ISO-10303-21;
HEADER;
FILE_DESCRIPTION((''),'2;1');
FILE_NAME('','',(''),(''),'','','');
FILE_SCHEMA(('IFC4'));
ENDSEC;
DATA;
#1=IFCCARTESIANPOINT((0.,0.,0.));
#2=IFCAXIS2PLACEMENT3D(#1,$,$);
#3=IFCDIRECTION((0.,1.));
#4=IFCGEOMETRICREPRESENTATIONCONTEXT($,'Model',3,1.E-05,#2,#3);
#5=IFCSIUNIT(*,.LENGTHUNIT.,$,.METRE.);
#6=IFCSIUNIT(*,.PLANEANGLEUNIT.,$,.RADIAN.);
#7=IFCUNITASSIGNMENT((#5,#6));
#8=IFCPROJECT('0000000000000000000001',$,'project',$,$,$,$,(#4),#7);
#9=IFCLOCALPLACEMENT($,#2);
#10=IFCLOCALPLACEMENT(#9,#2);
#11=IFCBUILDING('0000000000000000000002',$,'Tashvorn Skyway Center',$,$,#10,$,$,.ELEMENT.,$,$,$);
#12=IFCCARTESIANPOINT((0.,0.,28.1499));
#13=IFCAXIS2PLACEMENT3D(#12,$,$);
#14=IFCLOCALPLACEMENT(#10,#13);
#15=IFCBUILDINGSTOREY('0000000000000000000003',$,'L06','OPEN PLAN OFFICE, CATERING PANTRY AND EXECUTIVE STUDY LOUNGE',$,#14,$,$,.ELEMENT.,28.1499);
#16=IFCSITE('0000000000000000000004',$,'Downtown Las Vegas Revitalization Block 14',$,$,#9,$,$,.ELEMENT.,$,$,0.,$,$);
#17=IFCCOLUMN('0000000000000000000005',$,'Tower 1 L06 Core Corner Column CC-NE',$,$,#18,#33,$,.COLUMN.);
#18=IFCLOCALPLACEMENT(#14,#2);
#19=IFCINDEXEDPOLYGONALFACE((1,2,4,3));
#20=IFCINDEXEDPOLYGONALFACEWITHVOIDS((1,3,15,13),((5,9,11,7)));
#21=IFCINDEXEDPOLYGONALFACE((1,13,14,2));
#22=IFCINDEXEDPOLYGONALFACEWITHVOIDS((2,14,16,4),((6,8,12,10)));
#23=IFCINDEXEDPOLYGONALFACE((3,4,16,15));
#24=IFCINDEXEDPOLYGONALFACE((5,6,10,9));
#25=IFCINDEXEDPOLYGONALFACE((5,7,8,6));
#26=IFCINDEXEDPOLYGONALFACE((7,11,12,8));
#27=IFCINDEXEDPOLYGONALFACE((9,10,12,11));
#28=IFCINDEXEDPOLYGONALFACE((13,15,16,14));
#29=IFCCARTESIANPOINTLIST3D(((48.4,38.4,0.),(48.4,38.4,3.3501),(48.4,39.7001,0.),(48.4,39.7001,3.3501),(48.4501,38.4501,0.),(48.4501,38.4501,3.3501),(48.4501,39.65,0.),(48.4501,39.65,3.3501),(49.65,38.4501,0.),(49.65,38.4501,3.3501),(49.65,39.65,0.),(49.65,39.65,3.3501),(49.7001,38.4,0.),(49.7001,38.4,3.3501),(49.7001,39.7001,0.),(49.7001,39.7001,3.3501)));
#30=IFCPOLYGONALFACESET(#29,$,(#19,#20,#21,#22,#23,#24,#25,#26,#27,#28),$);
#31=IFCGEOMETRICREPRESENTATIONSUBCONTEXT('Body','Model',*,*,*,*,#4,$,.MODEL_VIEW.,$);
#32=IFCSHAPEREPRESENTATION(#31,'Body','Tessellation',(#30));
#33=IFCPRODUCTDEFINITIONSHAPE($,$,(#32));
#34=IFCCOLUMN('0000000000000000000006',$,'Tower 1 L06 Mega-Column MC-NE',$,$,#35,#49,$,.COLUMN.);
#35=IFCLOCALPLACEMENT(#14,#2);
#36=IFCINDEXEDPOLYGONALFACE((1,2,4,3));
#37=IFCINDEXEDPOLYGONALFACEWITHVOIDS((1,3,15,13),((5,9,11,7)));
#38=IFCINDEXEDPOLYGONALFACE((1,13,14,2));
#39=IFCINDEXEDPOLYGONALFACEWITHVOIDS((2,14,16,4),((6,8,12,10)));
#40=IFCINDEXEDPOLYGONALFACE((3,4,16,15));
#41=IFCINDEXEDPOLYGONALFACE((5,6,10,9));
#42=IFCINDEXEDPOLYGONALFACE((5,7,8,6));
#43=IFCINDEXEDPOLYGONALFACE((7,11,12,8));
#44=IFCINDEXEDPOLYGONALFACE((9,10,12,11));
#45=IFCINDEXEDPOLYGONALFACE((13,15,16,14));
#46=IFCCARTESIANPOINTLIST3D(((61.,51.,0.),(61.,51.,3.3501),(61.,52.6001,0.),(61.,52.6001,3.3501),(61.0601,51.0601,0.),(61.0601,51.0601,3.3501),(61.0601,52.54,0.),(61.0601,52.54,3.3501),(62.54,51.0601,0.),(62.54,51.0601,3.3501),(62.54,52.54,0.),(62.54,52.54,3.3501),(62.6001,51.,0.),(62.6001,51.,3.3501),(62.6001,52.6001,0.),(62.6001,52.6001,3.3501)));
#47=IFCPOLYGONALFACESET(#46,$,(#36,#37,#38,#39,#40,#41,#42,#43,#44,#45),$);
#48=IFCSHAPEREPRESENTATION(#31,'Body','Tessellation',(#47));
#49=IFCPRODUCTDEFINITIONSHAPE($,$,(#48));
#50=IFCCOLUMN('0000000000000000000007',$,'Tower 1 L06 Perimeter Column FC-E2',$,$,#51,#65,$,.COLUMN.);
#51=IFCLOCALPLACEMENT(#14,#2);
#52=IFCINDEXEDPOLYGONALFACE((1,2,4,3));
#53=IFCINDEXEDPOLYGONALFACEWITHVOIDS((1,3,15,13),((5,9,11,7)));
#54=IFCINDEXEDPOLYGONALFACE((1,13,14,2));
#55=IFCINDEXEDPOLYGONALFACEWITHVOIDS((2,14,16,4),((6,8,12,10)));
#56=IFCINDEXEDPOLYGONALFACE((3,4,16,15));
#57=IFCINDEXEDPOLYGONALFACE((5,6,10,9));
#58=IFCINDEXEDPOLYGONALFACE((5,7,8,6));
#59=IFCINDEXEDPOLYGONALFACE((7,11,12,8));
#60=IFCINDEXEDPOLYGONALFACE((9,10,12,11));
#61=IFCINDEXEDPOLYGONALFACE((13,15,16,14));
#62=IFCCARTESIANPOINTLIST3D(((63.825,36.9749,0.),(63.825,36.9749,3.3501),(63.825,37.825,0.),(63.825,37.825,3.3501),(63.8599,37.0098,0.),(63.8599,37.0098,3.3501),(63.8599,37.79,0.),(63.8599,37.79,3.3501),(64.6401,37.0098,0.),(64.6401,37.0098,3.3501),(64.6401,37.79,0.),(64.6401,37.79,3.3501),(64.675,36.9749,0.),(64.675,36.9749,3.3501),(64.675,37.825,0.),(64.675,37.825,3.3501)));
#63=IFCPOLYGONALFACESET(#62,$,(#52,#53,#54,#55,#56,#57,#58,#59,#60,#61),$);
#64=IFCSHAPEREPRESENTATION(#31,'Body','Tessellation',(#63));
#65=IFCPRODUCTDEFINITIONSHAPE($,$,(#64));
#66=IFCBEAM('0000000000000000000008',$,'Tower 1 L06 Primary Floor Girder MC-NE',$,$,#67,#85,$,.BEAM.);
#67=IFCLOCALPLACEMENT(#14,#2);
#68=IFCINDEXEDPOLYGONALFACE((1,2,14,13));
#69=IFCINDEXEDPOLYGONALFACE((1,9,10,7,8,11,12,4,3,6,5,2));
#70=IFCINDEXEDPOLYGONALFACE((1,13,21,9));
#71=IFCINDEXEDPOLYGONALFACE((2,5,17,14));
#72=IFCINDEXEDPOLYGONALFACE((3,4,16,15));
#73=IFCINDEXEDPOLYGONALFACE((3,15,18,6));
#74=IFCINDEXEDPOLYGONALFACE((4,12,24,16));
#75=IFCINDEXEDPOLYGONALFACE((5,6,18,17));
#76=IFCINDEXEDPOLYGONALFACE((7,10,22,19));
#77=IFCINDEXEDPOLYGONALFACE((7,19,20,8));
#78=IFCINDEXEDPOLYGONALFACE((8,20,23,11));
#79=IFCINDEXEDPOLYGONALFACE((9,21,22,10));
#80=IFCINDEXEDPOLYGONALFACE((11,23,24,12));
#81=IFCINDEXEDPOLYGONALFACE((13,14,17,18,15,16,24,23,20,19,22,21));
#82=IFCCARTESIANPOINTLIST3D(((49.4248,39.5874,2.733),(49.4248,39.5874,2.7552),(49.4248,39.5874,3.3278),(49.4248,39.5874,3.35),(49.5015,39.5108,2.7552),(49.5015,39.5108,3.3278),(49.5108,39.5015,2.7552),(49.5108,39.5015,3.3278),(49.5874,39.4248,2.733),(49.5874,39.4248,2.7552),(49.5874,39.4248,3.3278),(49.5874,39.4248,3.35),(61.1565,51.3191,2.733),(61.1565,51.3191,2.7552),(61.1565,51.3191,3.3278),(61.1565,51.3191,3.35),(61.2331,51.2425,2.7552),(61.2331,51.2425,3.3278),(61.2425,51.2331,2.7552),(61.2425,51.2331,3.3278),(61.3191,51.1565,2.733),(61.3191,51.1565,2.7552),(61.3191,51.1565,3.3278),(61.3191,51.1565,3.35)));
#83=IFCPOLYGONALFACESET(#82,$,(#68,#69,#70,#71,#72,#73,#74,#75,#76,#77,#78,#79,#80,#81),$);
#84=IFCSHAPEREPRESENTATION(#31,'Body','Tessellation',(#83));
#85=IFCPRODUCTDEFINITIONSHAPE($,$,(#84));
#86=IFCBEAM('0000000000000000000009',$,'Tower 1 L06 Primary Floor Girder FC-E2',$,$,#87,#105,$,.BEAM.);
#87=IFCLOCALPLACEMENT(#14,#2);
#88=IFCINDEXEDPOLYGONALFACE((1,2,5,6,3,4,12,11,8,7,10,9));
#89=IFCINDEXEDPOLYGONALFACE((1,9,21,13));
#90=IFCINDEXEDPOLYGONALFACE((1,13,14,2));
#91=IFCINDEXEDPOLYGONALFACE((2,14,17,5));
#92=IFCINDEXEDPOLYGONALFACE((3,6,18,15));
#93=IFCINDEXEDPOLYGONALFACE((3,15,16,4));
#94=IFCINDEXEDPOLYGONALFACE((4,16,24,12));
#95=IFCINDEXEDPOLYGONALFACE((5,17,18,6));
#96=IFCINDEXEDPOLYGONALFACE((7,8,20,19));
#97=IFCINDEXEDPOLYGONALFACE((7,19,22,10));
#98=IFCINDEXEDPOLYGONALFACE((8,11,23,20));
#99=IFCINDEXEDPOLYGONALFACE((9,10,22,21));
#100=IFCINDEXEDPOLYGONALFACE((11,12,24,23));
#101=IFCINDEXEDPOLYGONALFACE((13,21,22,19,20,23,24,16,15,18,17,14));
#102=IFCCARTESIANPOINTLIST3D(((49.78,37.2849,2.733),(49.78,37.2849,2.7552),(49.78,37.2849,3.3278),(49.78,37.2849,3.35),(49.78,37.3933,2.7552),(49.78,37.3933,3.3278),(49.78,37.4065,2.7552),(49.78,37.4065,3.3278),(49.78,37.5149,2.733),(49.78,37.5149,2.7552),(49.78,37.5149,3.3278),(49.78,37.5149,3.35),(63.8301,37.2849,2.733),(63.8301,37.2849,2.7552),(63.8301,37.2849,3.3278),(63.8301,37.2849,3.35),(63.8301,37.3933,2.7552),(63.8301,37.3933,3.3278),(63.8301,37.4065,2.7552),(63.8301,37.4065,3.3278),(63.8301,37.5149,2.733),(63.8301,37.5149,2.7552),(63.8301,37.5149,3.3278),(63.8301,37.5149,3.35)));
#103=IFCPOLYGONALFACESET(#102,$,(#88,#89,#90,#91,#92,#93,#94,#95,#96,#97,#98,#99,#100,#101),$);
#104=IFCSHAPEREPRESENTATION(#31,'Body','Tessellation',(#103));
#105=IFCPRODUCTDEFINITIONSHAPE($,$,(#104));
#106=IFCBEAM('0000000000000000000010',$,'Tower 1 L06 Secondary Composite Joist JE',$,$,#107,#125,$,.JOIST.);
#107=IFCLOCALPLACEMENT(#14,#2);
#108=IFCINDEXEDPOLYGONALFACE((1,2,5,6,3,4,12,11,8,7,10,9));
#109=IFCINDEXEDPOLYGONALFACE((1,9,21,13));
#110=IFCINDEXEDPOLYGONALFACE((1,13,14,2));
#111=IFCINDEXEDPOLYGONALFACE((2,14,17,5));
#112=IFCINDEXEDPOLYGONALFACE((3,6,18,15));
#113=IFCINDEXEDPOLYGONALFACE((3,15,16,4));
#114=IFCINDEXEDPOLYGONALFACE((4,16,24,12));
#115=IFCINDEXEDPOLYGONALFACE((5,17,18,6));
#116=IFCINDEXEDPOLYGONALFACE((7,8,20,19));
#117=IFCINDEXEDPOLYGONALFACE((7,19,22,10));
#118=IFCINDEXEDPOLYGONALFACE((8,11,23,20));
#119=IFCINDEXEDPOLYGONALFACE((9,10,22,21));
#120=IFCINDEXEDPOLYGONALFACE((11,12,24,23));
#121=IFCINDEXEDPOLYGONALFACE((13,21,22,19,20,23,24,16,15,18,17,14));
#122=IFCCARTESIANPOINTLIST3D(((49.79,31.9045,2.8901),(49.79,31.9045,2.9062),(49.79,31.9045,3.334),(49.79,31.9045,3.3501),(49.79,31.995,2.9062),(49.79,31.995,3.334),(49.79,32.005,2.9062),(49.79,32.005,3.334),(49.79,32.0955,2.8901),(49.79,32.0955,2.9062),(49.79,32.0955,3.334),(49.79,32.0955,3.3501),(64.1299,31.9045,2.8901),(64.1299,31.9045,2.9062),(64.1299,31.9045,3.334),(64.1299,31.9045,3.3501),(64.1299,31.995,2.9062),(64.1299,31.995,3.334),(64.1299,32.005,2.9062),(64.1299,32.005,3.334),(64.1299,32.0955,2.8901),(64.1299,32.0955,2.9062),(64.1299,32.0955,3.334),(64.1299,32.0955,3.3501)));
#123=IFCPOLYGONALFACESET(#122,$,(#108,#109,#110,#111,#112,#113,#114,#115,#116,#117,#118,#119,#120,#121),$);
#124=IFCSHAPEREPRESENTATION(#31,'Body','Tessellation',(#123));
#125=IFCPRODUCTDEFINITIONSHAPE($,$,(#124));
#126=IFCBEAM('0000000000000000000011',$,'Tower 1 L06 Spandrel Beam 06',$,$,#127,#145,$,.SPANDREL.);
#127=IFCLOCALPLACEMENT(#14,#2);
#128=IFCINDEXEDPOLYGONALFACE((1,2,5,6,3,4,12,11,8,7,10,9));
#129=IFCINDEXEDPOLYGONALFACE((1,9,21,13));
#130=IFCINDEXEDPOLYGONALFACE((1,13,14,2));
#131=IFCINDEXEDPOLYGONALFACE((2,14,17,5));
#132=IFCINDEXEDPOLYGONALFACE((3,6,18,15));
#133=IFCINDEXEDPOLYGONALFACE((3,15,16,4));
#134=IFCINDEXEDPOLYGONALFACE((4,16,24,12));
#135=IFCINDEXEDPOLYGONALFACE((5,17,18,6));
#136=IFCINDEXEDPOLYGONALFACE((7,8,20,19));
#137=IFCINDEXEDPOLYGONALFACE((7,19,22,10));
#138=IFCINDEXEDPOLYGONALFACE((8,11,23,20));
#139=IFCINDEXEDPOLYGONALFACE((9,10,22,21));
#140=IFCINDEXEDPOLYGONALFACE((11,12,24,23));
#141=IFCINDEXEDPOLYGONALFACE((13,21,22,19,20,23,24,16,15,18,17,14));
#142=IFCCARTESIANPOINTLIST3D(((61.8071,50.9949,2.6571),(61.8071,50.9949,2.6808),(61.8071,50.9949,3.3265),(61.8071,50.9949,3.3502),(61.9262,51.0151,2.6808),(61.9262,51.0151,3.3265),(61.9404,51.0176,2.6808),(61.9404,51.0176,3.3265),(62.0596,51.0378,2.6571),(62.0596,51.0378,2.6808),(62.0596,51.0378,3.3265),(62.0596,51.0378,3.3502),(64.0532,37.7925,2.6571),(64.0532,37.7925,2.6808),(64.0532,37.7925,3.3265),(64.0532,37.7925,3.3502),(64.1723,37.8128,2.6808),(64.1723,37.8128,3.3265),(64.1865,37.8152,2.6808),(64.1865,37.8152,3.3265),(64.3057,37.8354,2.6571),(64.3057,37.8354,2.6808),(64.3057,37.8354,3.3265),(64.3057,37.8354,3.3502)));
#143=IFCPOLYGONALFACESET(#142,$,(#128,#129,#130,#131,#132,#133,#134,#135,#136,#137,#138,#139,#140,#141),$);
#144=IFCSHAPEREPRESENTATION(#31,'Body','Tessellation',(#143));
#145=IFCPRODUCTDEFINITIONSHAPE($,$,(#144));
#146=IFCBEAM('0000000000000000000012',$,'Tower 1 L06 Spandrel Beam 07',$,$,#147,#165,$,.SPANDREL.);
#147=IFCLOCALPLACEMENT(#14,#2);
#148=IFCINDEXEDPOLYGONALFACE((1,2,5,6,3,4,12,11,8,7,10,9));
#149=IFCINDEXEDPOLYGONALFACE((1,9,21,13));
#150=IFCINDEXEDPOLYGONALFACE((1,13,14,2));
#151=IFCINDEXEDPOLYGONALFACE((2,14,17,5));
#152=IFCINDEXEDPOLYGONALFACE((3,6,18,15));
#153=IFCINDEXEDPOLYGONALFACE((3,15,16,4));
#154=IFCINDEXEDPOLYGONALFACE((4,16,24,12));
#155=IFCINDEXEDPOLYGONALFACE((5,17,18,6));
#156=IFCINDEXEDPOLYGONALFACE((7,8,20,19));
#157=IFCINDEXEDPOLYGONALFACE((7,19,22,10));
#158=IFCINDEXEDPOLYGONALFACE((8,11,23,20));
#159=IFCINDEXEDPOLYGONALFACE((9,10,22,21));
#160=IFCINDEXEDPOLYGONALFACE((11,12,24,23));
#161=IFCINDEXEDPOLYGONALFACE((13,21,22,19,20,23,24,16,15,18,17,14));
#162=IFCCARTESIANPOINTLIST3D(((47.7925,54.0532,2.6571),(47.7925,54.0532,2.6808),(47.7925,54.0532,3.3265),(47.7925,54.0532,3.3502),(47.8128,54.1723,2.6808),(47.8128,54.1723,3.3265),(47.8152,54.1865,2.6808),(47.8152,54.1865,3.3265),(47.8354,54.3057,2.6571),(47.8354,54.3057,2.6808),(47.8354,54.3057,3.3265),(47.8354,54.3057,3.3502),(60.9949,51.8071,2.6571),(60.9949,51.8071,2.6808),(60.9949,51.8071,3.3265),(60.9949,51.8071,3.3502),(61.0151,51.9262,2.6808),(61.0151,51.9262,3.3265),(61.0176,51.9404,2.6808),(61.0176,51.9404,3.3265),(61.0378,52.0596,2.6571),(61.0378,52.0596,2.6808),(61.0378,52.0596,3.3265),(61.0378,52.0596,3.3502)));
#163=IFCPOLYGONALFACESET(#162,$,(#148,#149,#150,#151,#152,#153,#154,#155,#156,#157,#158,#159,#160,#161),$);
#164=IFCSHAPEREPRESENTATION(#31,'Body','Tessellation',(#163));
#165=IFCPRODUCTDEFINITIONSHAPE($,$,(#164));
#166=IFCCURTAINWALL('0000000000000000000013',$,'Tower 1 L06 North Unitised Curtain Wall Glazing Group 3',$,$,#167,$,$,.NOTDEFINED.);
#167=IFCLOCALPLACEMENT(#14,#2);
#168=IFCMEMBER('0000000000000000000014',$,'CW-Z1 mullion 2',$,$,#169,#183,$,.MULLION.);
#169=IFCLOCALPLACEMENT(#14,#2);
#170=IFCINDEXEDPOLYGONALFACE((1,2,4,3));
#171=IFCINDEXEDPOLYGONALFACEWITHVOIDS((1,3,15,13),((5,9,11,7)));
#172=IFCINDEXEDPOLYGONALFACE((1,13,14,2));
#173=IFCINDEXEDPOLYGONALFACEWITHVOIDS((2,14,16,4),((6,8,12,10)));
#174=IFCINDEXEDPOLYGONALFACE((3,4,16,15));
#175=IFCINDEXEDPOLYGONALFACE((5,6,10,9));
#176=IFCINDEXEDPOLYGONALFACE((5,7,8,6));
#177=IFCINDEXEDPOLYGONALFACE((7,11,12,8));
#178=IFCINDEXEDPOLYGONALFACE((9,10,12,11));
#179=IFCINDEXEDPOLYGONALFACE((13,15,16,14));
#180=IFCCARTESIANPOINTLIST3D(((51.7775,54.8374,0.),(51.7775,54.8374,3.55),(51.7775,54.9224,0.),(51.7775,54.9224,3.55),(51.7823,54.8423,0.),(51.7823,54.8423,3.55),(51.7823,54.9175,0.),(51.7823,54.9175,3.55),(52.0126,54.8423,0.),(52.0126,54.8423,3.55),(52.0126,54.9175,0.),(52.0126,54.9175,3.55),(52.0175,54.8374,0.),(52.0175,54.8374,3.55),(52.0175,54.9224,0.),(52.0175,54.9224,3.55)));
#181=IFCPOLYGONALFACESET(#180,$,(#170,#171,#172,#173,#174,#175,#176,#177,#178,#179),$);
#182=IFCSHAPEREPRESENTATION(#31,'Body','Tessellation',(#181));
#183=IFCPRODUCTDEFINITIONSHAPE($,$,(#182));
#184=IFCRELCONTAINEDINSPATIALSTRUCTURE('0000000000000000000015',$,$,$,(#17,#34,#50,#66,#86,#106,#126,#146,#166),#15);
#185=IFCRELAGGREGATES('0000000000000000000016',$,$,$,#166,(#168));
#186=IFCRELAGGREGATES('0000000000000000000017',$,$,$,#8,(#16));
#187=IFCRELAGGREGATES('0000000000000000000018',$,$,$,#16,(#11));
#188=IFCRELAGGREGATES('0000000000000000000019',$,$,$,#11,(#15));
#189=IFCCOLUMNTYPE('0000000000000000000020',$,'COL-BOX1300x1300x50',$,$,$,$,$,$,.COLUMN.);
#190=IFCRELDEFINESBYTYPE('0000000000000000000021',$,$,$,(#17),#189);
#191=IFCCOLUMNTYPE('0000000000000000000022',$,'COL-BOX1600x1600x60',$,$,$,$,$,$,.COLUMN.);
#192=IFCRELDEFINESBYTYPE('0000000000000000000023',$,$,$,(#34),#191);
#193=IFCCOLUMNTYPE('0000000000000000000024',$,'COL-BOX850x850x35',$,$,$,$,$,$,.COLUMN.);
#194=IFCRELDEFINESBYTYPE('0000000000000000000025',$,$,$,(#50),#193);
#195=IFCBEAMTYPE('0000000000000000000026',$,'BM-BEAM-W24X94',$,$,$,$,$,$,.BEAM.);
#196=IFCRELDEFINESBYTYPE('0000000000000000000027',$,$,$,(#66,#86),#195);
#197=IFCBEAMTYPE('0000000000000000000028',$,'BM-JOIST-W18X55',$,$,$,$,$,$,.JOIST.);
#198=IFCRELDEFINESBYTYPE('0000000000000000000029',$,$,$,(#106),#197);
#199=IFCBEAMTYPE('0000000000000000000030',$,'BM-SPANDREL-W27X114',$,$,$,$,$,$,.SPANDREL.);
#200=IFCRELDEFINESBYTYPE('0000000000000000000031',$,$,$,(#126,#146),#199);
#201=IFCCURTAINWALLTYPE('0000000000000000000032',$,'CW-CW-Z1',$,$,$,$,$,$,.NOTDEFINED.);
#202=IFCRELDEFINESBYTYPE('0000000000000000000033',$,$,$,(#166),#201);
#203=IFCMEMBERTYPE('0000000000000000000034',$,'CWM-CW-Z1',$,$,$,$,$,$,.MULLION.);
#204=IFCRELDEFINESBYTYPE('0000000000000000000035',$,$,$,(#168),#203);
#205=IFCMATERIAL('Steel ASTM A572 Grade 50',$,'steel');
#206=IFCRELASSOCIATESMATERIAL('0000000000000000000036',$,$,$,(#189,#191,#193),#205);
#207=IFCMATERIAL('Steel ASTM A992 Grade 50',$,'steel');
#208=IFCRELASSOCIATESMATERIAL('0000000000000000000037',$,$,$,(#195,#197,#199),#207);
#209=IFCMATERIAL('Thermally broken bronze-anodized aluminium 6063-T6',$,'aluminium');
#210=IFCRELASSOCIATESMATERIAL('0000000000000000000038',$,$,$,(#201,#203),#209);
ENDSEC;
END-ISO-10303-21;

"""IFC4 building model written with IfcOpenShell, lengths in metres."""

from ifc_helpers import new_model, si_unit, direction, frame, origin, origin_2d, place, context, subcontext, project, spatial, hollow_rectangle, i_section, extrude, material, material_profile, profile_set, type_object, element, aggregate, save


model = new_model("IFC4")

# Units and contexts
model_context = context("Model", 3, precision=1e-05, world=origin(), true_north=direction((0.0, 1.0)))
body_context = subcontext(model_context, "Body", "Model", "MODEL_VIEW")
ifc_project = project(units=[si_unit("LENGTHUNIT", "METRE"), si_unit("PLANEANGLEUNIT", "RADIAN")], contexts=[model_context])

# Site, building, storey
site_placement = place(None, origin())
site = spatial("IfcSite", under=ifc_project, at=site_placement, Name="Downtown Las Vegas Revitalization Block 14", CompositionType="ELEMENT", RefElevation=0.0)
building_placement = place(site_placement, origin())
building = spatial("IfcBuilding", under=site, at=building_placement, Name="Tashvorn Skyway Center", CompositionType="ELEMENT")
storey_placement = place(building_placement, frame((0.0, 0.0, 28.1499)))
storey = spatial("IfcBuildingStorey", under=building, at=storey_placement, Name="L06", Description="OPEN PLAN OFFICE, CATERING PANTRY AND EXECUTIVE STUDY LOUNGE", CompositionType="ELEMENT", Elevation=28.1499)

# Columns
ifc_material_1 = material(Name="Steel ASTM A572 Grade 50", Category="steel")
ifc_material_profile_1 = material_profile(ifc_material_1, hollow_rectangle(XDim=1.3, YDim=1.3, WallThickness=0.05, at=origin_2d()), Name="BOX1300x1300x50")
ifc_profile_set_1 = profile_set([ifc_material_profile_1], Name="Steel ASTM A572 Grade 50")
column_type_1 = type_object("IfcColumnType", Name="COL-BOX1300x1300x50", PredefinedType="COLUMN", material=ifc_profile_set_1)
column_1_placement = place(storey_placement, frame((49.05, 39.05, 0.0), z_axis=(0.0, 0.0, 1.0), x_axis=(1.0, 0.0, 0.0)))
element("IfcColumn", 1, at=column_1_placement, inside=storey, type_object=column_type_1, Name="Tower 1 L06 Core Corner Column CC-NE", PredefinedType="COLUMN", context=body_context, shape_type="SweptSolid", body=[
    extrude(hollow_rectangle(XDim=1.3, YDim=1.3, WallThickness=0.05, at=origin_2d()), origin(), (0.0, 0.0, 1.0), 3.3501),
])
ifc_material_profile_2 = material_profile(ifc_material_1, hollow_rectangle(XDim=1.6001, YDim=1.6001, WallThickness=0.0601, at=origin_2d()), Name="BOX1600x1600x60")
ifc_profile_set_2 = profile_set([ifc_material_profile_2], Name="Steel ASTM A572 Grade 50")
column_type_2 = type_object("IfcColumnType", Name="COL-BOX1600x1600x60", PredefinedType="COLUMN", material=ifc_profile_set_2)
column_2_placement = place(storey_placement, frame((61.8, 51.8, 0.0), z_axis=(0.0, 0.0, 1.0), x_axis=(1.0, 0.0, 0.0)))
element("IfcColumn", 2, at=column_2_placement, inside=storey, type_object=column_type_2, Name="Tower 1 L06 Mega-Column MC-NE", PredefinedType="COLUMN", context=body_context, shape_type="SweptSolid", body=[
    extrude(hollow_rectangle(XDim=1.6001, YDim=1.6001, WallThickness=0.0601, at=origin_2d()), origin(), (0.0, 0.0, 1.0), 3.3501),
])
ifc_material_profile_3 = material_profile(ifc_material_1, hollow_rectangle(XDim=0.8501, YDim=0.8501, WallThickness=0.0349, at=origin_2d()), Name="BOX850x850x35")
ifc_profile_set_3 = profile_set([ifc_material_profile_3], Name="Steel ASTM A572 Grade 50")
column_type_3 = type_object("IfcColumnType", Name="COL-BOX850x850x35", PredefinedType="COLUMN", material=ifc_profile_set_3)
column_3_placement = place(storey_placement, frame((64.25, 37.3999, 0.0), z_axis=(0.0, 0.0, 1.0), x_axis=(1.0, 0.0, 0.0)))
element("IfcColumn", 3, at=column_3_placement, inside=storey, type_object=column_type_3, Name="Tower 1 L06 Perimeter Column FC-E2", PredefinedType="COLUMN", context=body_context, shape_type="SweptSolid", body=[
    extrude(hollow_rectangle(XDim=0.8501, YDim=0.8501, WallThickness=0.0349, at=origin_2d()), origin(), (0.0, 0.0, 1.0), 3.3501),
])

# Beams
ifc_material_2 = material(Name="Steel ASTM A992 Grade 50", Category="steel")
ifc_material_profile_4 = material_profile(ifc_material_2, i_section(OverallWidth=0.23, OverallDepth=0.6169, WebThickness=0.0132, FlangeThickness=0.0222, at=origin_2d()), Name="W24X94")
ifc_profile_set_4 = profile_set([ifc_material_profile_4], Name="Steel ASTM A992 Grade 50")
beam_type_1 = type_object("IfcBeamType", Name="BM-BEAM-W24X94", PredefinedType="BEAM", material=ifc_profile_set_4)
beam_1_placement = place(storey_placement, frame((61.2378, 51.2378, 3.0415), z_axis=(-0.707107, -0.707107, 0.0), x_axis=(0.707107, -0.707107, 0.0)))
element("IfcBeam", 4, at=beam_1_placement, inside=storey, type_object=beam_type_1, Name="Tower 1 L06 Primary Floor Girder MC-NE", PredefinedType="BEAM", context=body_context, shape_type="SweptSolid", body=[
    extrude(i_section(OverallWidth=0.23, OverallDepth=0.6169, WebThickness=0.0132, FlangeThickness=0.0222, at=origin_2d()), origin(), (0.0, 0.0, 1.0), 16.5911),
])
beam_2_placement = place(storey_placement, frame((63.8301, 37.3999, 3.0415), z_axis=(-1.0, 0.0, 0.0), x_axis=(0.0, -1.0, 0.0)))
element("IfcBeam", 5, at=beam_2_placement, inside=storey, type_object=beam_type_1, Name="Tower 1 L06 Primary Floor Girder FC-E2", PredefinedType="BEAM", context=body_context, shape_type="SweptSolid", body=[
    extrude(i_section(OverallWidth=0.23, OverallDepth=0.6169, WebThickness=0.0132, FlangeThickness=0.0222, at=origin_2d()), origin(), (0.0, 0.0, 1.0), 14.05),
])
ifc_material_profile_5 = material_profile(ifc_material_2, i_section(OverallWidth=0.1909, OverallDepth=0.46, WebThickness=0.01, FlangeThickness=0.0161, at=origin_2d()), Name="W18X55")
ifc_profile_set_5 = profile_set([ifc_material_profile_5], Name="Steel ASTM A992 Grade 50")
beam_type_2 = type_object("IfcBeamType", Name="BM-JOIST-W18X55", PredefinedType="JOIST", material=ifc_profile_set_5)
beam_3_placement = place(storey_placement, frame((49.79, 32.0, 3.1201), z_axis=(1.0, 0.0, 0.0), x_axis=(0.0, 1.0, 0.0)))
element("IfcBeam", 6, at=beam_3_placement, inside=storey, type_object=beam_type_2, Name="Tower 1 L06 Secondary Composite Joist JE", PredefinedType="JOIST", context=body_context, shape_type="SweptSolid", body=[
    extrude(i_section(OverallWidth=0.1909, OverallDepth=0.46, WebThickness=0.01, FlangeThickness=0.0161, at=origin_2d()), origin(), (0.0, 0.0, 1.0), 14.3398),
])
ifc_material_profile_6 = material_profile(ifc_material_2, i_section(OverallWidth=0.2561, OverallDepth=0.6931, WebThickness=0.0144, FlangeThickness=0.0237, at=origin_2d()), Name="W27X114")
ifc_profile_set_6 = profile_set([ifc_material_profile_6], Name="Steel ASTM A992 Grade 50")
beam_type_3 = type_object("IfcBeamType", Name="BM-SPANDREL-W27X114", PredefinedType="SPANDREL", material=ifc_profile_set_6)
for number, where, z_axis, x_axis, name in (
    (7, (64.1794, 37.814, 3.0037), (-0.167718, 0.985835, 0.0), (-0.985835, -0.167718, 0.0), "Tower 1 L06 Spandrel Beam 06"),
    (8, (61.0164, 51.9333, 3.0037), (-0.985835, 0.167718, 0.0), (-0.167718, -0.985835, 0.0), "Tower 1 L06 Spandrel Beam 07"),
):
    element("IfcBeam", number, at=place(storey_placement, frame(where, z_axis=z_axis, x_axis=x_axis)), inside=storey, type_object=beam_type_3, Name=name, PredefinedType="SPANDREL", context=body_context, shape_type="SweptSolid", body=[
        extrude(i_section(OverallWidth=0.2561, OverallDepth=0.6931, WebThickness=0.0144, FlangeThickness=0.0237, at=origin_2d()), origin(), (0.0, 0.0, 1.0), 13.3921),
    ])

# Curtain wall, member
ifc_material_3 = material(Name="Thermally broken bronze-anodized aluminium 6063-T6", Category="aluminium")
curtain_wall_type = type_object("IfcCurtainWallType", Name="CW-CW-Z1", PredefinedType="NOTDEFINED", material=ifc_material_3)
curtain_wall_1_placement = place(storey_placement, origin())
curtain_wall_1 = element("IfcCurtainWall", 9, at=curtain_wall_1_placement, inside=storey, type_object=curtain_wall_type, Name="Tower 1 L06 North Unitised Curtain Wall Glazing Group 3", PredefinedType="NOTDEFINED")
ifc_material_profile_7 = material_profile(ifc_material_3, hollow_rectangle(XDim=0.085, YDim=0.24, WallThickness=0.0049, at=origin_2d()), Name="ALU-MULL-85x240")
ifc_profile_set_7 = profile_set([ifc_material_profile_7], Name="Thermally broken bronze-anodized aluminium 6063-T6")
member_type_1 = type_object("IfcMemberType", Name="CWM-CW-Z1", PredefinedType="MULLION", material=ifc_profile_set_7)
member_1_placement = place(storey_placement, frame((51.8975, 54.8799, 0.0), z_axis=(0.0, 0.0, 1.0), x_axis=(0.0, 1.0, 0.0)))
member_1 = element("IfcMember", 10, at=member_1_placement, type_object=member_type_1, Name="CW-Z1 mullion 2", PredefinedType="MULLION", context=body_context, shape_type="SweptSolid", body=[
    extrude(hollow_rectangle(XDim=0.085, YDim=0.24, WallThickness=0.0049, at=origin_2d()), origin(), (0.0, 0.0, 1.0), 3.55),
])

aggregate(curtain_wall_1, [member_1])

save(model, "model.ifc")
